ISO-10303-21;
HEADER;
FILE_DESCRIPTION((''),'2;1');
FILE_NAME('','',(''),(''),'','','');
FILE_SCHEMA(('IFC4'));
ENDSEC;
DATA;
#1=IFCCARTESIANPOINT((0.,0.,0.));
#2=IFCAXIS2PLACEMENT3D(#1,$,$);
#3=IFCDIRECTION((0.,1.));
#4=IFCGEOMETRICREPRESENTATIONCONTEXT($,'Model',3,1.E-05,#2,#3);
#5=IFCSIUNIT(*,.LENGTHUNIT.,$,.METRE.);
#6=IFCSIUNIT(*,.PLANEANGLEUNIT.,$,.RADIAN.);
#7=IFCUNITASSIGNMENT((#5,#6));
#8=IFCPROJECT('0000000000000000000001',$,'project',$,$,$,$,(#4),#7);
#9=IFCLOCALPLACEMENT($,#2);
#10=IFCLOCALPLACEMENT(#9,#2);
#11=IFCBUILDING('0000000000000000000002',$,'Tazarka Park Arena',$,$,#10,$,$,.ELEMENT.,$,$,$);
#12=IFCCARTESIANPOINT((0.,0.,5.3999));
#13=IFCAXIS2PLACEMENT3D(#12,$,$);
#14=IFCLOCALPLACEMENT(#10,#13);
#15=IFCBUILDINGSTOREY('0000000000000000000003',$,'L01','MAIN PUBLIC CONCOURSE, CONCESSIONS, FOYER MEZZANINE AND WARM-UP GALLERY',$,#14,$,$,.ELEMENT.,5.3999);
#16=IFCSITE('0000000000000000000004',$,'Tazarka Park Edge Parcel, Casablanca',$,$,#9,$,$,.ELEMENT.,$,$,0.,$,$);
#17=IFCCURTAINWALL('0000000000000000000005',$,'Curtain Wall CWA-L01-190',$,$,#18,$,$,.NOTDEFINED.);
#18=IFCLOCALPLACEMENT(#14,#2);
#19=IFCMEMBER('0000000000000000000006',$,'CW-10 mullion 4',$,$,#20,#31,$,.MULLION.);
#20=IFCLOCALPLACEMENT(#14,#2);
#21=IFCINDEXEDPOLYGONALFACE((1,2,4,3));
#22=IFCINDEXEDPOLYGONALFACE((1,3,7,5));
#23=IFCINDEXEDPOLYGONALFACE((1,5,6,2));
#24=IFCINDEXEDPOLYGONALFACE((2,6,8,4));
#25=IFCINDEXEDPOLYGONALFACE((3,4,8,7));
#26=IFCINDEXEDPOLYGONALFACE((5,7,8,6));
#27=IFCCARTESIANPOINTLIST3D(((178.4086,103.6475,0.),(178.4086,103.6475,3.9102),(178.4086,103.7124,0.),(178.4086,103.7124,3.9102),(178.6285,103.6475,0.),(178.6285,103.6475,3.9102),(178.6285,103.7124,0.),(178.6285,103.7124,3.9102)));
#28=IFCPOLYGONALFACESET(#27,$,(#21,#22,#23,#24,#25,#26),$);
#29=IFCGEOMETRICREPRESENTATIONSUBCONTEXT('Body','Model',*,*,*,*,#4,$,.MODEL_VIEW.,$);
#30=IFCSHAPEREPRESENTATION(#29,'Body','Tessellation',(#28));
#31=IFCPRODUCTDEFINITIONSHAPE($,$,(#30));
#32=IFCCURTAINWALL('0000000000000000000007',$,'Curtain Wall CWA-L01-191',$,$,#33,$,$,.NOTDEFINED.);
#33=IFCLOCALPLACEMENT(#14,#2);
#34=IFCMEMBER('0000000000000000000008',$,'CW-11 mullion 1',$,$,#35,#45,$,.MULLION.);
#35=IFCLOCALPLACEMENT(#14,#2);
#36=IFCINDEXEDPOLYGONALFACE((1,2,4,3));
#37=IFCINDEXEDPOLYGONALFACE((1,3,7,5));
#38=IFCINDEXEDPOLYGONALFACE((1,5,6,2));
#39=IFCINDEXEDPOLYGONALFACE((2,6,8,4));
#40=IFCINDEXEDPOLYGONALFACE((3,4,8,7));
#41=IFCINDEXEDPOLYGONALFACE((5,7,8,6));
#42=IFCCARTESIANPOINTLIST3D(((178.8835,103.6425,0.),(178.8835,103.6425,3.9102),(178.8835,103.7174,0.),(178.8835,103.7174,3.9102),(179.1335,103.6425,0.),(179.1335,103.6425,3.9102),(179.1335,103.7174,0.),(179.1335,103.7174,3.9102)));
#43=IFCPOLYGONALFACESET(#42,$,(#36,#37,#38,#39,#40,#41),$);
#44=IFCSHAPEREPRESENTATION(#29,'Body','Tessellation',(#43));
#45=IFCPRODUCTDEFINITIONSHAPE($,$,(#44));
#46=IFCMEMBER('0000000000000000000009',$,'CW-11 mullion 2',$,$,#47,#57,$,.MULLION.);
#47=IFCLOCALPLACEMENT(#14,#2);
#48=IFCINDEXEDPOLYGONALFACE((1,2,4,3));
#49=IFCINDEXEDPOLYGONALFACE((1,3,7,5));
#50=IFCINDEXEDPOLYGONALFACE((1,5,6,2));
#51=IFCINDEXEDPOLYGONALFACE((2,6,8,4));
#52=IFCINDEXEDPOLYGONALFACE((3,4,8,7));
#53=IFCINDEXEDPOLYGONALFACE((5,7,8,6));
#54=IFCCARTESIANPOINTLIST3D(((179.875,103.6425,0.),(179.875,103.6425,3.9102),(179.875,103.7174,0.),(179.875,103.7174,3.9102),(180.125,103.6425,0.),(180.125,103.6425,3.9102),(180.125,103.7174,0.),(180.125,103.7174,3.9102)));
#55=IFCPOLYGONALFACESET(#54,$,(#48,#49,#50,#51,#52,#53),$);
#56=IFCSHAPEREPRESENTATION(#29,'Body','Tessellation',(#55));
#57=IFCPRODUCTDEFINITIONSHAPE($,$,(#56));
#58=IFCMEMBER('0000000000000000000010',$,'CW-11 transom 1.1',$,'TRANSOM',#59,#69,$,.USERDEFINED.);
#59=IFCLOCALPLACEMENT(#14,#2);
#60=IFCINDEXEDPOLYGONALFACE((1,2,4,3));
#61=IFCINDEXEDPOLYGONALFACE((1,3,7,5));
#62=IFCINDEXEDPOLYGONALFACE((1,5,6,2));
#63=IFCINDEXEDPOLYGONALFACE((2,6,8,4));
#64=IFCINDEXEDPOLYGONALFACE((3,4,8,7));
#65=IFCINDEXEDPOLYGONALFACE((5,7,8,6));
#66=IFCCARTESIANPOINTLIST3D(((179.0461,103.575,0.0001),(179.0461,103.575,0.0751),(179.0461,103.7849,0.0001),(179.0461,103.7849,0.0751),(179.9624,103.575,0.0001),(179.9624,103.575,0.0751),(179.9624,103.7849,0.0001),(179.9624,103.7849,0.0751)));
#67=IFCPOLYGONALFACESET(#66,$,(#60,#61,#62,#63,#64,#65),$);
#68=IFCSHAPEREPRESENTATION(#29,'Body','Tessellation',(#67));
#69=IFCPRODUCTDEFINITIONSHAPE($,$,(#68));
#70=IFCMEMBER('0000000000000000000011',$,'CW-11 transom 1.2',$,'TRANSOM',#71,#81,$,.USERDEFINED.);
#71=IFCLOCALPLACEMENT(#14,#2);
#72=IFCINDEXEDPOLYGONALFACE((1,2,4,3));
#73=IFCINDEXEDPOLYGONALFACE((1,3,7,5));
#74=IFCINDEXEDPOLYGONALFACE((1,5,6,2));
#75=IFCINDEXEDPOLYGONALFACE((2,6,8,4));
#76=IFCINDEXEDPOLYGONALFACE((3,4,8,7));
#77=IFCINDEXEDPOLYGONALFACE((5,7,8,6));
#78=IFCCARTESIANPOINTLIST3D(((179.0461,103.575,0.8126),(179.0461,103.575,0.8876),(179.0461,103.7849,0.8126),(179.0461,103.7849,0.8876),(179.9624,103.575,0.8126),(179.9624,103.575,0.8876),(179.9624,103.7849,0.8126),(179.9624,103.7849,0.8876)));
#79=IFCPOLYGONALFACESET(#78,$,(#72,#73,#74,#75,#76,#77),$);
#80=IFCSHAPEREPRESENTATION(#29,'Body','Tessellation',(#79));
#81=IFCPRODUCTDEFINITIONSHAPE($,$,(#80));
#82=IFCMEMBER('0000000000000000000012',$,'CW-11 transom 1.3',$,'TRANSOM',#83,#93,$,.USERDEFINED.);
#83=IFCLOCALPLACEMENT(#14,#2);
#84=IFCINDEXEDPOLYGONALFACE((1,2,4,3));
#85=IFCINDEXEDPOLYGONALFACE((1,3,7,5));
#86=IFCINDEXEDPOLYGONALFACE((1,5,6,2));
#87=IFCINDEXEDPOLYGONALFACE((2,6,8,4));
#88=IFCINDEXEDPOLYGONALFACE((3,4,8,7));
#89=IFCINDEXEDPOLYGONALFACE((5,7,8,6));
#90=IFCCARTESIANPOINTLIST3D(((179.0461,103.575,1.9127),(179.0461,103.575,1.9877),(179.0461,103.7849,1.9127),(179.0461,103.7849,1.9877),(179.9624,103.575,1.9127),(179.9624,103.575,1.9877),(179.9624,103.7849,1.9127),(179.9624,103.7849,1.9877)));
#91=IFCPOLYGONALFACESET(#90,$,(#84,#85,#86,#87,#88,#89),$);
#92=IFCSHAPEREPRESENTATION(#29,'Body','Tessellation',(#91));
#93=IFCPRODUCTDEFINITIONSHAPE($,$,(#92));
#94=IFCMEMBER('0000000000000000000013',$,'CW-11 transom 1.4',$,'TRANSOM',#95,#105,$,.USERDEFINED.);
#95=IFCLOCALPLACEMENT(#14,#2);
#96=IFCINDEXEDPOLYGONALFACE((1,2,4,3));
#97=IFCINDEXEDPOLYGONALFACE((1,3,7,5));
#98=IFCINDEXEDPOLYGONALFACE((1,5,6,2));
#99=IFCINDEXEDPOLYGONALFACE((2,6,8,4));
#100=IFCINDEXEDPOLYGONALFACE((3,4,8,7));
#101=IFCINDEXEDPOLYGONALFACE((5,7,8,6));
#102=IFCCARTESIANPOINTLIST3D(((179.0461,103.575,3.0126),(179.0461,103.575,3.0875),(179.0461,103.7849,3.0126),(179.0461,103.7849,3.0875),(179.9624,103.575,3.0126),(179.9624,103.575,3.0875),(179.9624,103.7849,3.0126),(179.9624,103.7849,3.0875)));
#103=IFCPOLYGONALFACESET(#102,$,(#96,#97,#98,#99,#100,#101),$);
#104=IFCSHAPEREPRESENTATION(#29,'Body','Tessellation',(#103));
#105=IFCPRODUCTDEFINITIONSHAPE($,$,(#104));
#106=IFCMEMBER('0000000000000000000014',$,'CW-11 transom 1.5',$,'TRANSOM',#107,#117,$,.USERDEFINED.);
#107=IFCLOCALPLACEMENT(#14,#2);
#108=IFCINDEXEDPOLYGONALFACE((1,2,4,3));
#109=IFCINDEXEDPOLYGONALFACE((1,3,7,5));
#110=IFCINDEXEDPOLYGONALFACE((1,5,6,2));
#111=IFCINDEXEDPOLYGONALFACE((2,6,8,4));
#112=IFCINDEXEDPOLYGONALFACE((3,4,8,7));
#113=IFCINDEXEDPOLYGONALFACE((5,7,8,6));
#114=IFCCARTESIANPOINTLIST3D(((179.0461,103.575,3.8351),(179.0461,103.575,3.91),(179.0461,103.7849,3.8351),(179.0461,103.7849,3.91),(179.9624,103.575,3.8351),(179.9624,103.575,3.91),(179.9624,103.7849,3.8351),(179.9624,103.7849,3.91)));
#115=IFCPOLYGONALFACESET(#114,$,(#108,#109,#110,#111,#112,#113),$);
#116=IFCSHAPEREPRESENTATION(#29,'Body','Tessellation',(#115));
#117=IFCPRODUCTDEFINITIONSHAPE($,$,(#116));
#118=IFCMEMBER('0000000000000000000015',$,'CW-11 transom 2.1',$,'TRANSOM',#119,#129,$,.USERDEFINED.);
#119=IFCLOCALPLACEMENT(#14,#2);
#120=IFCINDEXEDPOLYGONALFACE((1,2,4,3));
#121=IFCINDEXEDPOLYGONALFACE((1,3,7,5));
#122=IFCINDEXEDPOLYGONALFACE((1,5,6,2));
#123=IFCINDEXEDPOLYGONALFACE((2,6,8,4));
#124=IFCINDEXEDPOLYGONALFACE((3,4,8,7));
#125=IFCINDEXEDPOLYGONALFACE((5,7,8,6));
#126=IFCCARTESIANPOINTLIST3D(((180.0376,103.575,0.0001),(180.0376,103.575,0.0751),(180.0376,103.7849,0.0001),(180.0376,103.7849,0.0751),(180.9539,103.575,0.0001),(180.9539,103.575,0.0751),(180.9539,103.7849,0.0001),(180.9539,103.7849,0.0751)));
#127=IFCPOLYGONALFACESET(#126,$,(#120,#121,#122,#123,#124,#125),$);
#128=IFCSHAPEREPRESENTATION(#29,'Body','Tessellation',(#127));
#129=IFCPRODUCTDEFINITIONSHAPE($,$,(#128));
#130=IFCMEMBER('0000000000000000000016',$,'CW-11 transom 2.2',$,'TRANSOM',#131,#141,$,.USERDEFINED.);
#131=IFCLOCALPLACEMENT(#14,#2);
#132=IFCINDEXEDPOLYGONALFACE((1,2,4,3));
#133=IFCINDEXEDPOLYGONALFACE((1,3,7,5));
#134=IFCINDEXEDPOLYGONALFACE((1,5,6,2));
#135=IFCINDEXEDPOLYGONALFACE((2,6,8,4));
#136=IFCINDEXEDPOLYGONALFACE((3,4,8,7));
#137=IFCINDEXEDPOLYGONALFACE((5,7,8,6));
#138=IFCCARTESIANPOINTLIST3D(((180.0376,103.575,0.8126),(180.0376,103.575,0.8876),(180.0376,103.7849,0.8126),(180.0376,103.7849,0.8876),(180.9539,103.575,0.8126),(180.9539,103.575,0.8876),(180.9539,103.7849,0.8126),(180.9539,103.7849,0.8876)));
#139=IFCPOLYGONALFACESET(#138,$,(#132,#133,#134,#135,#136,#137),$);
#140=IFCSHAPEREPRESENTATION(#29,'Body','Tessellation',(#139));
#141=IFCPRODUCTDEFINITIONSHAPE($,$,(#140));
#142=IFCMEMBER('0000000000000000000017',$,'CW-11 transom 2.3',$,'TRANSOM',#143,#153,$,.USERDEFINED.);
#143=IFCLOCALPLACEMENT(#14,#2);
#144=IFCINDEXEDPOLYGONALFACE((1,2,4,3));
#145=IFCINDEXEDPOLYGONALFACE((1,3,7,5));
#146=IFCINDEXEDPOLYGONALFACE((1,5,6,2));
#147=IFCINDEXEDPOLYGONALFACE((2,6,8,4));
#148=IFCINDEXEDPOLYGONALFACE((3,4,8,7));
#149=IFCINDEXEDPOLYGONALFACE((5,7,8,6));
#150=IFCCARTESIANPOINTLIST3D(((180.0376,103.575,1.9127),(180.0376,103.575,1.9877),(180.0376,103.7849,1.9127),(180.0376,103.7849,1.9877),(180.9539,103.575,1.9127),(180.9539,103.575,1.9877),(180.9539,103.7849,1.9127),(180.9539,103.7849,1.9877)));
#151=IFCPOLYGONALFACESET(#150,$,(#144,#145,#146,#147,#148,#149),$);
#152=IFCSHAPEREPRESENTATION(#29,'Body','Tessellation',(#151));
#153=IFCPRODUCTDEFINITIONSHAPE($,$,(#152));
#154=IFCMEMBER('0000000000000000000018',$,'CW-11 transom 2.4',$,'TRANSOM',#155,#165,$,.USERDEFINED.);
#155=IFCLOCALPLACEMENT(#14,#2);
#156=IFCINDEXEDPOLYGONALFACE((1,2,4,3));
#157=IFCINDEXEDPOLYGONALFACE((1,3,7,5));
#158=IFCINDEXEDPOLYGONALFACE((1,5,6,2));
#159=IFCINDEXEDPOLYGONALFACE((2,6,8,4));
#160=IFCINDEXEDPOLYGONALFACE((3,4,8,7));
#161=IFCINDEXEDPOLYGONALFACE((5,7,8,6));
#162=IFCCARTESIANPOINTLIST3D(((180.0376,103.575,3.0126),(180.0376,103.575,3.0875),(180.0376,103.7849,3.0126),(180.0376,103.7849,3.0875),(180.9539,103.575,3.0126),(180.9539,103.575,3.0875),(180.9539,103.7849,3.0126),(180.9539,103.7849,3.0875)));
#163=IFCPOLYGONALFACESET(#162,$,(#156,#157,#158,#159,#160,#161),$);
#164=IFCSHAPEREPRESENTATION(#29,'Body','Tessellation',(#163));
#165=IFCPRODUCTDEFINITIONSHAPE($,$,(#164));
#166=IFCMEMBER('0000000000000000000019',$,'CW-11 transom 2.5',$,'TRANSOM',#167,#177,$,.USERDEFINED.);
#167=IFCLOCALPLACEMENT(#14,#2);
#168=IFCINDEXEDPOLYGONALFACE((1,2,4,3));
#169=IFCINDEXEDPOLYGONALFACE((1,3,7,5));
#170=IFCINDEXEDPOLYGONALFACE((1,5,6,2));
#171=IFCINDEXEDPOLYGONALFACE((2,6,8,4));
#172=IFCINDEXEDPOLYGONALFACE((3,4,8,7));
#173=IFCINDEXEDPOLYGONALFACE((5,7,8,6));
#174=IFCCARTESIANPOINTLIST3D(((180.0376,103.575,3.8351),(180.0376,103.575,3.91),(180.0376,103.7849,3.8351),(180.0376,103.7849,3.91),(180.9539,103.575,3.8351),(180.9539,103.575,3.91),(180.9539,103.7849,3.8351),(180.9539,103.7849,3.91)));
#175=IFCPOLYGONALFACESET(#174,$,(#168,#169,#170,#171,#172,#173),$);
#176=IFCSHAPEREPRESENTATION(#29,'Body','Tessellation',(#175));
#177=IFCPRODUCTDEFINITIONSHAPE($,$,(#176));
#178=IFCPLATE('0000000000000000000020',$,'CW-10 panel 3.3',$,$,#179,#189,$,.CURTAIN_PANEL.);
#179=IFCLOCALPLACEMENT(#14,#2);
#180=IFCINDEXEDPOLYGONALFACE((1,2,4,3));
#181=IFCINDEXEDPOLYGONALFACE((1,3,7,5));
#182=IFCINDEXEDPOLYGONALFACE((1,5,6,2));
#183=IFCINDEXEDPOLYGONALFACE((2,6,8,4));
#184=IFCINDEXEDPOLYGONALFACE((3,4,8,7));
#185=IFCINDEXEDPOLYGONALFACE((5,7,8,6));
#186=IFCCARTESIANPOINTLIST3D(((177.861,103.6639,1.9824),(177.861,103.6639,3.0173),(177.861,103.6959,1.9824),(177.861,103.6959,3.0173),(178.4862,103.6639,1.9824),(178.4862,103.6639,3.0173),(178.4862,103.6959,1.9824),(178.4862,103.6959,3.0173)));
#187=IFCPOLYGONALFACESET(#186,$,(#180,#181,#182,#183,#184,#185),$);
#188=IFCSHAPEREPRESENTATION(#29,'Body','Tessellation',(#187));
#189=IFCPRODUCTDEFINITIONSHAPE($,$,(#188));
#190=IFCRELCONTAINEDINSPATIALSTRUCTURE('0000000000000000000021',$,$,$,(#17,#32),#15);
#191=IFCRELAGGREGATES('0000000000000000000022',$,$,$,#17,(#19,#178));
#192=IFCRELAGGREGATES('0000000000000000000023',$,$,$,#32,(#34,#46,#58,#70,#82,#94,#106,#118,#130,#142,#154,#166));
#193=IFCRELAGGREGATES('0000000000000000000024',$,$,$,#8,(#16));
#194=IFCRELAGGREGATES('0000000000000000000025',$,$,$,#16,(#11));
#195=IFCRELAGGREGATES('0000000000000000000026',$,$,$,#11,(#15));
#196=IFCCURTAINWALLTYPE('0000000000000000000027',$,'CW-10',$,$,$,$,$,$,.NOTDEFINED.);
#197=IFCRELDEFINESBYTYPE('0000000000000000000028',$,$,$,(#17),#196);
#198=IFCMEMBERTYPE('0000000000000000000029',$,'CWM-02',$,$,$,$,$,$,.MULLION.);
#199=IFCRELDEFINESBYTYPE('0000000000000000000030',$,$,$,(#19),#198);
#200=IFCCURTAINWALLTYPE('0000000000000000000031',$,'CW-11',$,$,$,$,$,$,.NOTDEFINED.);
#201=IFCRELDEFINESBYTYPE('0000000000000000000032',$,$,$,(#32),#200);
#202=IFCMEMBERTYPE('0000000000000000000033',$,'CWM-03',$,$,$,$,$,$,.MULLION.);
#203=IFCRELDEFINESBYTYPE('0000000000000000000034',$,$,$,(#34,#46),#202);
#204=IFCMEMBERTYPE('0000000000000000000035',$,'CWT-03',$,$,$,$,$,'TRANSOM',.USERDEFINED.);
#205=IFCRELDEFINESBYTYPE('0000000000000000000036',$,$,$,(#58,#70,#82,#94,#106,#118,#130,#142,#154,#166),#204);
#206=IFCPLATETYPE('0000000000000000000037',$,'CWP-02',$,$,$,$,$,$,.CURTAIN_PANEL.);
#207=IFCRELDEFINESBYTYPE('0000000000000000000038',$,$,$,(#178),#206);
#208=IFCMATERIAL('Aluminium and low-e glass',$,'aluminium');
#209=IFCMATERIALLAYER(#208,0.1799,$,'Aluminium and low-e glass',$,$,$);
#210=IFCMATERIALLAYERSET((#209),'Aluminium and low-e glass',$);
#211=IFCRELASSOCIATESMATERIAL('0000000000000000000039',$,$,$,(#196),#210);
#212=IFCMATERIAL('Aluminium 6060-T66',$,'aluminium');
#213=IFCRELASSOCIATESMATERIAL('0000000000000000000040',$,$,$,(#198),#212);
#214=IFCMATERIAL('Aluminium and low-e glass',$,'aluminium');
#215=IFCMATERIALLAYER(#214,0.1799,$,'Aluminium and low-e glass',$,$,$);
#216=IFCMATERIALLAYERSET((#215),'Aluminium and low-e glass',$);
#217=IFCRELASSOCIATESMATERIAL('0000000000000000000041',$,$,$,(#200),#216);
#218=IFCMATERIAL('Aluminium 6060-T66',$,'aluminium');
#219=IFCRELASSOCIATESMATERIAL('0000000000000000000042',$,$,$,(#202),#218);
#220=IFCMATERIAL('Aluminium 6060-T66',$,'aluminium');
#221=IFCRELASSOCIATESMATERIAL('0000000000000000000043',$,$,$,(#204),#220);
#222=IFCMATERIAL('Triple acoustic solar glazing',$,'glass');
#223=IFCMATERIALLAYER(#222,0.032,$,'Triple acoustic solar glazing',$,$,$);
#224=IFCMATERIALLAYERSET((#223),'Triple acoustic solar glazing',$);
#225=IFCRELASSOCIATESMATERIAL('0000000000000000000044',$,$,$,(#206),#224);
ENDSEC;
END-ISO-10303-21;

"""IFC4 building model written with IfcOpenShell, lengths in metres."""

from ifc_helpers import new_model, si_unit, direction, frame, origin, origin_2d, place, context, subcontext, project, spatial, rectangle, extrude, material, layer, layer_set, material_profile, profile_set, type_object, element, aggregate, save


model = new_model("IFC4")

# Units and contexts
model_context = context("Model", 3, precision=1e-05, world=origin(), true_north=direction((0.0, 1.0)))
body_context = subcontext(model_context, "Body", "Model", "MODEL_VIEW")
ifc_project = project(units=[si_unit("LENGTHUNIT", "METRE"), si_unit("PLANEANGLEUNIT", "RADIAN")], contexts=[model_context])

# Site, building, storey
site_placement = place(None, origin())
site = spatial("IfcSite", under=ifc_project, at=site_placement, Name="Tazarka Park Edge Parcel, Casablanca", CompositionType="ELEMENT", RefElevation=0.0)
building_placement = place(site_placement, origin())
building = spatial("IfcBuilding", under=site, at=building_placement, Name="Tazarka Park Arena", CompositionType="ELEMENT")
storey_placement = place(building_placement, frame((0.0, 0.0, 5.3999)))
storey = spatial("IfcBuildingStorey", under=building, at=storey_placement, Name="L01", Description="MAIN PUBLIC CONCOURSE, CONCESSIONS, FOYER MEZZANINE AND WARM-UP GALLERY", CompositionType="ELEMENT", Elevation=5.3999)

# Curtain wall, member
ifc_material_1 = material(Name="Aluminium and low-e glass", Category="aluminium")
ifc_layer_1 = layer(ifc_material_1, 0.1799, Name="Aluminium and low-e glass")
ifc_layer_set_1 = layer_set([ifc_layer_1], Name="Aluminium and low-e glass")
curtain_wall_type_1 = type_object("IfcCurtainWallType", Name="CW-10", PredefinedType="NOTDEFINED", material=ifc_layer_set_1)
curtain_wall_1_placement = place(storey_placement, origin())
curtain_wall_1 = element("IfcCurtainWall", 1, at=curtain_wall_1_placement, inside=storey, type_object=curtain_wall_type_1, Name="Curtain Wall CWA-L01-190", PredefinedType="NOTDEFINED")
ifc_material_2 = material(Name="Aluminium 6060-T66", Category="aluminium")
ifc_material_profile_1 = material_profile(ifc_material_2, rectangle(XDim=0.0649, YDim=0.22, at=origin_2d()), Name="Aluminium 6060-T66")
ifc_profile_set_1 = profile_set([ifc_material_profile_1], Name="Aluminium 6060-T66")
member_type_1 = type_object("IfcMemberType", Name="CWM-02", PredefinedType="MULLION", material=ifc_profile_set_1)
member_1_placement = place(storey_placement, frame((178.5186, 103.6799, 0.0), z_axis=(0.0, 0.0, 1.0), x_axis=(0.0, 1.0, 0.0)))
member_1 = element("IfcMember", 2, at=member_1_placement, type_object=member_type_1, Name="CW-10 mullion 4", PredefinedType="MULLION", context=body_context, shape_type="SweptSolid", body=[
    extrude(rectangle(XDim=0.0649, YDim=0.22, at=origin_2d()), origin(), (0.0, 0.0, 1.0), 3.9102),
])

# Curtain wall, members
ifc_material_3 = material(Name="Aluminium and low-e glass", Category="aluminium")
ifc_layer_2 = layer(ifc_material_3, 0.1799, Name="Aluminium and low-e glass")
ifc_layer_set_2 = layer_set([ifc_layer_2], Name="Aluminium and low-e glass")
curtain_wall_type_2 = type_object("IfcCurtainWallType", Name="CW-11", PredefinedType="NOTDEFINED", material=ifc_layer_set_2)
curtain_wall_2_placement = place(storey_placement, origin())
curtain_wall_2 = element("IfcCurtainWall", 3, at=curtain_wall_2_placement, inside=storey, type_object=curtain_wall_type_2, Name="Curtain Wall CWA-L01-191", PredefinedType="NOTDEFINED")
ifc_material_4 = material(Name="Aluminium 6060-T66", Category="aluminium")
ifc_material_profile_2 = material_profile(ifc_material_4, rectangle(XDim=0.075, YDim=0.25, at=origin_2d()), Name="Aluminium 6060-T66")
ifc_profile_set_2 = profile_set([ifc_material_profile_2], Name="Aluminium 6060-T66")
member_type_2 = type_object("IfcMemberType", Name="CWM-03", PredefinedType="MULLION", material=ifc_profile_set_2)
member_2_placement = place(storey_placement, frame((179.0085, 103.6799, 0.0), z_axis=(0.0, 0.0, 1.0), x_axis=(0.0, 1.0, 0.0)))
member_2 = element("IfcMember", 4, at=member_2_placement, type_object=member_type_2, Name="CW-11 mullion 1", PredefinedType="MULLION", context=body_context, shape_type="SweptSolid", body=[
    extrude(rectangle(XDim=0.075, YDim=0.25, at=origin_2d()), origin(), (0.0, 0.0, 1.0), 3.9102),
])
member_3_placement = place(storey_placement, frame((180.0, 103.6799, 0.0), z_axis=(0.0, 0.0, 1.0), x_axis=(0.0, 1.0, 0.0)))
member_3 = element("IfcMember", 5, at=member_3_placement, type_object=member_type_2, Name="CW-11 mullion 2", PredefinedType="MULLION", context=body_context, shape_type="SweptSolid", body=[
    extrude(rectangle(XDim=0.075, YDim=0.25, at=origin_2d()), origin(), (0.0, 0.0, 1.0), 3.9102),
])
ifc_material_5 = material(Name="Aluminium 6060-T66", Category="aluminium")
ifc_material_profile_3 = material_profile(ifc_material_5, rectangle(XDim=0.21, YDim=0.075, at=origin_2d()), Name="Aluminium 6060-T66")
ifc_profile_set_3 = profile_set([ifc_material_profile_3], Name="Aluminium 6060-T66")
member_type_3 = type_object("IfcMemberType", Name="CWT-03", ElementType="TRANSOM", PredefinedType="USERDEFINED", material=ifc_profile_set_3)
member_4_placement = place(storey_placement, frame((179.0461, 103.6799, 0.0376), z_axis=(1.0, 0.0, 0.0), x_axis=(0.0, 1.0, 0.0)))
member_4 = element("IfcMember", 6, at=member_4_placement, type_object=member_type_3, Name="CW-11 transom 1.1", ObjectType="TRANSOM", PredefinedType="USERDEFINED", context=body_context, shape_type="SweptSolid", body=[
    extrude(rectangle(XDim=0.21, YDim=0.075, at=origin_2d()), origin(), (0.0, 0.0, 1.0), 0.9163),
])
member_5_placement = place(storey_placement, frame((179.0461, 103.6799, 0.8501), z_axis=(1.0, 0.0, 0.0), x_axis=(0.0, 1.0, 0.0)))
member_5 = element("IfcMember", 7, at=member_5_placement, type_object=member_type_3, Name="CW-11 transom 1.2", ObjectType="TRANSOM", PredefinedType="USERDEFINED", context=body_context, shape_type="SweptSolid", body=[
    extrude(rectangle(XDim=0.21, YDim=0.075, at=origin_2d()), origin(), (0.0, 0.0, 1.0), 0.9163),
])
member_6_placement = place(storey_placement, frame((179.0461, 103.6799, 1.9502), z_axis=(1.0, 0.0, 0.0), x_axis=(0.0, 1.0, 0.0)))
member_6 = element("IfcMember", 8, at=member_6_placement, type_object=member_type_3, Name="CW-11 transom 1.3", ObjectType="TRANSOM", PredefinedType="USERDEFINED", context=body_context, shape_type="SweptSolid", body=[
    extrude(rectangle(XDim=0.21, YDim=0.075, at=origin_2d()), origin(), (0.0, 0.0, 1.0), 0.9163),
])
member_7_placement = place(storey_placement, frame((179.0461, 103.6799, 3.05), z_axis=(1.0, 0.0, 0.0), x_axis=(0.0, 1.0, 0.0)))
member_7 = element("IfcMember", 9, at=member_7_placement, type_object=member_type_3, Name="CW-11 transom 1.4", ObjectType="TRANSOM", PredefinedType="USERDEFINED", context=body_context, shape_type="SweptSolid", body=[
    extrude(rectangle(XDim=0.21, YDim=0.075, at=origin_2d()), origin(), (0.0, 0.0, 1.0), 0.9163),
])
member_8_placement = place(storey_placement, frame((179.0461, 103.6799, 3.8726), z_axis=(1.0, 0.0, 0.0), x_axis=(0.0, 1.0, 0.0)))
member_8 = element("IfcMember", 10, at=member_8_placement, type_object=member_type_3, Name="CW-11 transom 1.5", ObjectType="TRANSOM", PredefinedType="USERDEFINED", context=body_context, shape_type="SweptSolid", body=[
    extrude(rectangle(XDim=0.21, YDim=0.075, at=origin_2d()), origin(), (0.0, 0.0, 1.0), 0.9163),
])
member_9_placement = place(storey_placement, frame((180.0376, 103.6799, 0.0376), z_axis=(1.0, 0.0, 0.0), x_axis=(0.0, 1.0, 0.0)))
member_9 = element("IfcMember", 11, at=member_9_placement, type_object=member_type_3, Name="CW-11 transom 2.1", ObjectType="TRANSOM", PredefinedType="USERDEFINED", context=body_context, shape_type="SweptSolid", body=[
    extrude(rectangle(XDim=0.21, YDim=0.075, at=origin_2d()), origin(), (0.0, 0.0, 1.0), 0.9163),
])
member_10_placement = place(storey_placement, frame((180.0376, 103.6799, 0.8501), z_axis=(1.0, 0.0, 0.0), x_axis=(0.0, 1.0, 0.0)))
member_10 = element("IfcMember", 12, at=member_10_placement, type_object=member_type_3, Name="CW-11 transom 2.2", ObjectType="TRANSOM", PredefinedType="USERDEFINED", context=body_context, shape_type="SweptSolid", body=[
    extrude(rectangle(XDim=0.21, YDim=0.075, at=origin_2d()), origin(), (0.0, 0.0, 1.0), 0.9163),
])
member_11_placement = place(storey_placement, frame((180.0376, 103.6799, 1.9502), z_axis=(1.0, 0.0, 0.0), x_axis=(0.0, 1.0, 0.0)))
member_11 = element("IfcMember", 13, at=member_11_placement, type_object=member_type_3, Name="CW-11 transom 2.3", ObjectType="TRANSOM", PredefinedType="USERDEFINED", context=body_context, shape_type="SweptSolid", body=[
    extrude(rectangle(XDim=0.21, YDim=0.075, at=origin_2d()), origin(), (0.0, 0.0, 1.0), 0.9163),
])
member_12_placement = place(storey_placement, frame((180.0376, 103.6799, 3.05), z_axis=(1.0, 0.0, 0.0), x_axis=(0.0, 1.0, 0.0)))
member_12 = element("IfcMember", 14, at=member_12_placement, type_object=member_type_3, Name="CW-11 transom 2.4", ObjectType="TRANSOM", PredefinedType="USERDEFINED", context=body_context, shape_type="SweptSolid", body=[
    extrude(rectangle(XDim=0.21, YDim=0.075, at=origin_2d()), origin(), (0.0, 0.0, 1.0), 0.9163),
])
member_13_placement = place(storey_placement, frame((180.0376, 103.6799, 3.8726), z_axis=(1.0, 0.0, 0.0), x_axis=(0.0, 1.0, 0.0)))
member_13 = element("IfcMember", 15, at=member_13_placement, type_object=member_type_3, Name="CW-11 transom 2.5", ObjectType="TRANSOM", PredefinedType="USERDEFINED", context=body_context, shape_type="SweptSolid", body=[
    extrude(rectangle(XDim=0.21, YDim=0.075, at=origin_2d()), origin(), (0.0, 0.0, 1.0), 0.9163),
])

# Plate
ifc_material_6 = material(Name="Triple acoustic solar glazing", Category="glass")
ifc_layer_3 = layer(ifc_material_6, 0.032, Name="Triple acoustic solar glazing")
ifc_layer_set_3 = layer_set([ifc_layer_3], Name="Triple acoustic solar glazing")
plate_type_1 = type_object("IfcPlateType", Name="CWP-02", PredefinedType="CURTAIN_PANEL", material=ifc_layer_set_3)
plate_1_placement = place(storey_placement, frame((178.1736, 103.6799, 1.9824), z_axis=(0.0, 0.0, 1.0), x_axis=(1.0, 0.0, 0.0)))
plate_1 = element("IfcPlate", 16, at=plate_1_placement, type_object=plate_type_1, Name="CW-10 panel 3.3", PredefinedType="CURTAIN_PANEL", context=body_context, shape_type="SweptSolid", body=[
    extrude(rectangle(XDim=0.6252, YDim=0.032, at=origin_2d()), origin(), (0.0, 0.0, 1.0), 1.0349),
])
aggregate(curtain_wall_1, [member_1, plate_1])
aggregate(curtain_wall_2, [member_2, member_3, member_4, member_5, member_6, member_7, member_8, member_9, member_10, member_11, member_12, member_13])

save(model, "model.ifc")
